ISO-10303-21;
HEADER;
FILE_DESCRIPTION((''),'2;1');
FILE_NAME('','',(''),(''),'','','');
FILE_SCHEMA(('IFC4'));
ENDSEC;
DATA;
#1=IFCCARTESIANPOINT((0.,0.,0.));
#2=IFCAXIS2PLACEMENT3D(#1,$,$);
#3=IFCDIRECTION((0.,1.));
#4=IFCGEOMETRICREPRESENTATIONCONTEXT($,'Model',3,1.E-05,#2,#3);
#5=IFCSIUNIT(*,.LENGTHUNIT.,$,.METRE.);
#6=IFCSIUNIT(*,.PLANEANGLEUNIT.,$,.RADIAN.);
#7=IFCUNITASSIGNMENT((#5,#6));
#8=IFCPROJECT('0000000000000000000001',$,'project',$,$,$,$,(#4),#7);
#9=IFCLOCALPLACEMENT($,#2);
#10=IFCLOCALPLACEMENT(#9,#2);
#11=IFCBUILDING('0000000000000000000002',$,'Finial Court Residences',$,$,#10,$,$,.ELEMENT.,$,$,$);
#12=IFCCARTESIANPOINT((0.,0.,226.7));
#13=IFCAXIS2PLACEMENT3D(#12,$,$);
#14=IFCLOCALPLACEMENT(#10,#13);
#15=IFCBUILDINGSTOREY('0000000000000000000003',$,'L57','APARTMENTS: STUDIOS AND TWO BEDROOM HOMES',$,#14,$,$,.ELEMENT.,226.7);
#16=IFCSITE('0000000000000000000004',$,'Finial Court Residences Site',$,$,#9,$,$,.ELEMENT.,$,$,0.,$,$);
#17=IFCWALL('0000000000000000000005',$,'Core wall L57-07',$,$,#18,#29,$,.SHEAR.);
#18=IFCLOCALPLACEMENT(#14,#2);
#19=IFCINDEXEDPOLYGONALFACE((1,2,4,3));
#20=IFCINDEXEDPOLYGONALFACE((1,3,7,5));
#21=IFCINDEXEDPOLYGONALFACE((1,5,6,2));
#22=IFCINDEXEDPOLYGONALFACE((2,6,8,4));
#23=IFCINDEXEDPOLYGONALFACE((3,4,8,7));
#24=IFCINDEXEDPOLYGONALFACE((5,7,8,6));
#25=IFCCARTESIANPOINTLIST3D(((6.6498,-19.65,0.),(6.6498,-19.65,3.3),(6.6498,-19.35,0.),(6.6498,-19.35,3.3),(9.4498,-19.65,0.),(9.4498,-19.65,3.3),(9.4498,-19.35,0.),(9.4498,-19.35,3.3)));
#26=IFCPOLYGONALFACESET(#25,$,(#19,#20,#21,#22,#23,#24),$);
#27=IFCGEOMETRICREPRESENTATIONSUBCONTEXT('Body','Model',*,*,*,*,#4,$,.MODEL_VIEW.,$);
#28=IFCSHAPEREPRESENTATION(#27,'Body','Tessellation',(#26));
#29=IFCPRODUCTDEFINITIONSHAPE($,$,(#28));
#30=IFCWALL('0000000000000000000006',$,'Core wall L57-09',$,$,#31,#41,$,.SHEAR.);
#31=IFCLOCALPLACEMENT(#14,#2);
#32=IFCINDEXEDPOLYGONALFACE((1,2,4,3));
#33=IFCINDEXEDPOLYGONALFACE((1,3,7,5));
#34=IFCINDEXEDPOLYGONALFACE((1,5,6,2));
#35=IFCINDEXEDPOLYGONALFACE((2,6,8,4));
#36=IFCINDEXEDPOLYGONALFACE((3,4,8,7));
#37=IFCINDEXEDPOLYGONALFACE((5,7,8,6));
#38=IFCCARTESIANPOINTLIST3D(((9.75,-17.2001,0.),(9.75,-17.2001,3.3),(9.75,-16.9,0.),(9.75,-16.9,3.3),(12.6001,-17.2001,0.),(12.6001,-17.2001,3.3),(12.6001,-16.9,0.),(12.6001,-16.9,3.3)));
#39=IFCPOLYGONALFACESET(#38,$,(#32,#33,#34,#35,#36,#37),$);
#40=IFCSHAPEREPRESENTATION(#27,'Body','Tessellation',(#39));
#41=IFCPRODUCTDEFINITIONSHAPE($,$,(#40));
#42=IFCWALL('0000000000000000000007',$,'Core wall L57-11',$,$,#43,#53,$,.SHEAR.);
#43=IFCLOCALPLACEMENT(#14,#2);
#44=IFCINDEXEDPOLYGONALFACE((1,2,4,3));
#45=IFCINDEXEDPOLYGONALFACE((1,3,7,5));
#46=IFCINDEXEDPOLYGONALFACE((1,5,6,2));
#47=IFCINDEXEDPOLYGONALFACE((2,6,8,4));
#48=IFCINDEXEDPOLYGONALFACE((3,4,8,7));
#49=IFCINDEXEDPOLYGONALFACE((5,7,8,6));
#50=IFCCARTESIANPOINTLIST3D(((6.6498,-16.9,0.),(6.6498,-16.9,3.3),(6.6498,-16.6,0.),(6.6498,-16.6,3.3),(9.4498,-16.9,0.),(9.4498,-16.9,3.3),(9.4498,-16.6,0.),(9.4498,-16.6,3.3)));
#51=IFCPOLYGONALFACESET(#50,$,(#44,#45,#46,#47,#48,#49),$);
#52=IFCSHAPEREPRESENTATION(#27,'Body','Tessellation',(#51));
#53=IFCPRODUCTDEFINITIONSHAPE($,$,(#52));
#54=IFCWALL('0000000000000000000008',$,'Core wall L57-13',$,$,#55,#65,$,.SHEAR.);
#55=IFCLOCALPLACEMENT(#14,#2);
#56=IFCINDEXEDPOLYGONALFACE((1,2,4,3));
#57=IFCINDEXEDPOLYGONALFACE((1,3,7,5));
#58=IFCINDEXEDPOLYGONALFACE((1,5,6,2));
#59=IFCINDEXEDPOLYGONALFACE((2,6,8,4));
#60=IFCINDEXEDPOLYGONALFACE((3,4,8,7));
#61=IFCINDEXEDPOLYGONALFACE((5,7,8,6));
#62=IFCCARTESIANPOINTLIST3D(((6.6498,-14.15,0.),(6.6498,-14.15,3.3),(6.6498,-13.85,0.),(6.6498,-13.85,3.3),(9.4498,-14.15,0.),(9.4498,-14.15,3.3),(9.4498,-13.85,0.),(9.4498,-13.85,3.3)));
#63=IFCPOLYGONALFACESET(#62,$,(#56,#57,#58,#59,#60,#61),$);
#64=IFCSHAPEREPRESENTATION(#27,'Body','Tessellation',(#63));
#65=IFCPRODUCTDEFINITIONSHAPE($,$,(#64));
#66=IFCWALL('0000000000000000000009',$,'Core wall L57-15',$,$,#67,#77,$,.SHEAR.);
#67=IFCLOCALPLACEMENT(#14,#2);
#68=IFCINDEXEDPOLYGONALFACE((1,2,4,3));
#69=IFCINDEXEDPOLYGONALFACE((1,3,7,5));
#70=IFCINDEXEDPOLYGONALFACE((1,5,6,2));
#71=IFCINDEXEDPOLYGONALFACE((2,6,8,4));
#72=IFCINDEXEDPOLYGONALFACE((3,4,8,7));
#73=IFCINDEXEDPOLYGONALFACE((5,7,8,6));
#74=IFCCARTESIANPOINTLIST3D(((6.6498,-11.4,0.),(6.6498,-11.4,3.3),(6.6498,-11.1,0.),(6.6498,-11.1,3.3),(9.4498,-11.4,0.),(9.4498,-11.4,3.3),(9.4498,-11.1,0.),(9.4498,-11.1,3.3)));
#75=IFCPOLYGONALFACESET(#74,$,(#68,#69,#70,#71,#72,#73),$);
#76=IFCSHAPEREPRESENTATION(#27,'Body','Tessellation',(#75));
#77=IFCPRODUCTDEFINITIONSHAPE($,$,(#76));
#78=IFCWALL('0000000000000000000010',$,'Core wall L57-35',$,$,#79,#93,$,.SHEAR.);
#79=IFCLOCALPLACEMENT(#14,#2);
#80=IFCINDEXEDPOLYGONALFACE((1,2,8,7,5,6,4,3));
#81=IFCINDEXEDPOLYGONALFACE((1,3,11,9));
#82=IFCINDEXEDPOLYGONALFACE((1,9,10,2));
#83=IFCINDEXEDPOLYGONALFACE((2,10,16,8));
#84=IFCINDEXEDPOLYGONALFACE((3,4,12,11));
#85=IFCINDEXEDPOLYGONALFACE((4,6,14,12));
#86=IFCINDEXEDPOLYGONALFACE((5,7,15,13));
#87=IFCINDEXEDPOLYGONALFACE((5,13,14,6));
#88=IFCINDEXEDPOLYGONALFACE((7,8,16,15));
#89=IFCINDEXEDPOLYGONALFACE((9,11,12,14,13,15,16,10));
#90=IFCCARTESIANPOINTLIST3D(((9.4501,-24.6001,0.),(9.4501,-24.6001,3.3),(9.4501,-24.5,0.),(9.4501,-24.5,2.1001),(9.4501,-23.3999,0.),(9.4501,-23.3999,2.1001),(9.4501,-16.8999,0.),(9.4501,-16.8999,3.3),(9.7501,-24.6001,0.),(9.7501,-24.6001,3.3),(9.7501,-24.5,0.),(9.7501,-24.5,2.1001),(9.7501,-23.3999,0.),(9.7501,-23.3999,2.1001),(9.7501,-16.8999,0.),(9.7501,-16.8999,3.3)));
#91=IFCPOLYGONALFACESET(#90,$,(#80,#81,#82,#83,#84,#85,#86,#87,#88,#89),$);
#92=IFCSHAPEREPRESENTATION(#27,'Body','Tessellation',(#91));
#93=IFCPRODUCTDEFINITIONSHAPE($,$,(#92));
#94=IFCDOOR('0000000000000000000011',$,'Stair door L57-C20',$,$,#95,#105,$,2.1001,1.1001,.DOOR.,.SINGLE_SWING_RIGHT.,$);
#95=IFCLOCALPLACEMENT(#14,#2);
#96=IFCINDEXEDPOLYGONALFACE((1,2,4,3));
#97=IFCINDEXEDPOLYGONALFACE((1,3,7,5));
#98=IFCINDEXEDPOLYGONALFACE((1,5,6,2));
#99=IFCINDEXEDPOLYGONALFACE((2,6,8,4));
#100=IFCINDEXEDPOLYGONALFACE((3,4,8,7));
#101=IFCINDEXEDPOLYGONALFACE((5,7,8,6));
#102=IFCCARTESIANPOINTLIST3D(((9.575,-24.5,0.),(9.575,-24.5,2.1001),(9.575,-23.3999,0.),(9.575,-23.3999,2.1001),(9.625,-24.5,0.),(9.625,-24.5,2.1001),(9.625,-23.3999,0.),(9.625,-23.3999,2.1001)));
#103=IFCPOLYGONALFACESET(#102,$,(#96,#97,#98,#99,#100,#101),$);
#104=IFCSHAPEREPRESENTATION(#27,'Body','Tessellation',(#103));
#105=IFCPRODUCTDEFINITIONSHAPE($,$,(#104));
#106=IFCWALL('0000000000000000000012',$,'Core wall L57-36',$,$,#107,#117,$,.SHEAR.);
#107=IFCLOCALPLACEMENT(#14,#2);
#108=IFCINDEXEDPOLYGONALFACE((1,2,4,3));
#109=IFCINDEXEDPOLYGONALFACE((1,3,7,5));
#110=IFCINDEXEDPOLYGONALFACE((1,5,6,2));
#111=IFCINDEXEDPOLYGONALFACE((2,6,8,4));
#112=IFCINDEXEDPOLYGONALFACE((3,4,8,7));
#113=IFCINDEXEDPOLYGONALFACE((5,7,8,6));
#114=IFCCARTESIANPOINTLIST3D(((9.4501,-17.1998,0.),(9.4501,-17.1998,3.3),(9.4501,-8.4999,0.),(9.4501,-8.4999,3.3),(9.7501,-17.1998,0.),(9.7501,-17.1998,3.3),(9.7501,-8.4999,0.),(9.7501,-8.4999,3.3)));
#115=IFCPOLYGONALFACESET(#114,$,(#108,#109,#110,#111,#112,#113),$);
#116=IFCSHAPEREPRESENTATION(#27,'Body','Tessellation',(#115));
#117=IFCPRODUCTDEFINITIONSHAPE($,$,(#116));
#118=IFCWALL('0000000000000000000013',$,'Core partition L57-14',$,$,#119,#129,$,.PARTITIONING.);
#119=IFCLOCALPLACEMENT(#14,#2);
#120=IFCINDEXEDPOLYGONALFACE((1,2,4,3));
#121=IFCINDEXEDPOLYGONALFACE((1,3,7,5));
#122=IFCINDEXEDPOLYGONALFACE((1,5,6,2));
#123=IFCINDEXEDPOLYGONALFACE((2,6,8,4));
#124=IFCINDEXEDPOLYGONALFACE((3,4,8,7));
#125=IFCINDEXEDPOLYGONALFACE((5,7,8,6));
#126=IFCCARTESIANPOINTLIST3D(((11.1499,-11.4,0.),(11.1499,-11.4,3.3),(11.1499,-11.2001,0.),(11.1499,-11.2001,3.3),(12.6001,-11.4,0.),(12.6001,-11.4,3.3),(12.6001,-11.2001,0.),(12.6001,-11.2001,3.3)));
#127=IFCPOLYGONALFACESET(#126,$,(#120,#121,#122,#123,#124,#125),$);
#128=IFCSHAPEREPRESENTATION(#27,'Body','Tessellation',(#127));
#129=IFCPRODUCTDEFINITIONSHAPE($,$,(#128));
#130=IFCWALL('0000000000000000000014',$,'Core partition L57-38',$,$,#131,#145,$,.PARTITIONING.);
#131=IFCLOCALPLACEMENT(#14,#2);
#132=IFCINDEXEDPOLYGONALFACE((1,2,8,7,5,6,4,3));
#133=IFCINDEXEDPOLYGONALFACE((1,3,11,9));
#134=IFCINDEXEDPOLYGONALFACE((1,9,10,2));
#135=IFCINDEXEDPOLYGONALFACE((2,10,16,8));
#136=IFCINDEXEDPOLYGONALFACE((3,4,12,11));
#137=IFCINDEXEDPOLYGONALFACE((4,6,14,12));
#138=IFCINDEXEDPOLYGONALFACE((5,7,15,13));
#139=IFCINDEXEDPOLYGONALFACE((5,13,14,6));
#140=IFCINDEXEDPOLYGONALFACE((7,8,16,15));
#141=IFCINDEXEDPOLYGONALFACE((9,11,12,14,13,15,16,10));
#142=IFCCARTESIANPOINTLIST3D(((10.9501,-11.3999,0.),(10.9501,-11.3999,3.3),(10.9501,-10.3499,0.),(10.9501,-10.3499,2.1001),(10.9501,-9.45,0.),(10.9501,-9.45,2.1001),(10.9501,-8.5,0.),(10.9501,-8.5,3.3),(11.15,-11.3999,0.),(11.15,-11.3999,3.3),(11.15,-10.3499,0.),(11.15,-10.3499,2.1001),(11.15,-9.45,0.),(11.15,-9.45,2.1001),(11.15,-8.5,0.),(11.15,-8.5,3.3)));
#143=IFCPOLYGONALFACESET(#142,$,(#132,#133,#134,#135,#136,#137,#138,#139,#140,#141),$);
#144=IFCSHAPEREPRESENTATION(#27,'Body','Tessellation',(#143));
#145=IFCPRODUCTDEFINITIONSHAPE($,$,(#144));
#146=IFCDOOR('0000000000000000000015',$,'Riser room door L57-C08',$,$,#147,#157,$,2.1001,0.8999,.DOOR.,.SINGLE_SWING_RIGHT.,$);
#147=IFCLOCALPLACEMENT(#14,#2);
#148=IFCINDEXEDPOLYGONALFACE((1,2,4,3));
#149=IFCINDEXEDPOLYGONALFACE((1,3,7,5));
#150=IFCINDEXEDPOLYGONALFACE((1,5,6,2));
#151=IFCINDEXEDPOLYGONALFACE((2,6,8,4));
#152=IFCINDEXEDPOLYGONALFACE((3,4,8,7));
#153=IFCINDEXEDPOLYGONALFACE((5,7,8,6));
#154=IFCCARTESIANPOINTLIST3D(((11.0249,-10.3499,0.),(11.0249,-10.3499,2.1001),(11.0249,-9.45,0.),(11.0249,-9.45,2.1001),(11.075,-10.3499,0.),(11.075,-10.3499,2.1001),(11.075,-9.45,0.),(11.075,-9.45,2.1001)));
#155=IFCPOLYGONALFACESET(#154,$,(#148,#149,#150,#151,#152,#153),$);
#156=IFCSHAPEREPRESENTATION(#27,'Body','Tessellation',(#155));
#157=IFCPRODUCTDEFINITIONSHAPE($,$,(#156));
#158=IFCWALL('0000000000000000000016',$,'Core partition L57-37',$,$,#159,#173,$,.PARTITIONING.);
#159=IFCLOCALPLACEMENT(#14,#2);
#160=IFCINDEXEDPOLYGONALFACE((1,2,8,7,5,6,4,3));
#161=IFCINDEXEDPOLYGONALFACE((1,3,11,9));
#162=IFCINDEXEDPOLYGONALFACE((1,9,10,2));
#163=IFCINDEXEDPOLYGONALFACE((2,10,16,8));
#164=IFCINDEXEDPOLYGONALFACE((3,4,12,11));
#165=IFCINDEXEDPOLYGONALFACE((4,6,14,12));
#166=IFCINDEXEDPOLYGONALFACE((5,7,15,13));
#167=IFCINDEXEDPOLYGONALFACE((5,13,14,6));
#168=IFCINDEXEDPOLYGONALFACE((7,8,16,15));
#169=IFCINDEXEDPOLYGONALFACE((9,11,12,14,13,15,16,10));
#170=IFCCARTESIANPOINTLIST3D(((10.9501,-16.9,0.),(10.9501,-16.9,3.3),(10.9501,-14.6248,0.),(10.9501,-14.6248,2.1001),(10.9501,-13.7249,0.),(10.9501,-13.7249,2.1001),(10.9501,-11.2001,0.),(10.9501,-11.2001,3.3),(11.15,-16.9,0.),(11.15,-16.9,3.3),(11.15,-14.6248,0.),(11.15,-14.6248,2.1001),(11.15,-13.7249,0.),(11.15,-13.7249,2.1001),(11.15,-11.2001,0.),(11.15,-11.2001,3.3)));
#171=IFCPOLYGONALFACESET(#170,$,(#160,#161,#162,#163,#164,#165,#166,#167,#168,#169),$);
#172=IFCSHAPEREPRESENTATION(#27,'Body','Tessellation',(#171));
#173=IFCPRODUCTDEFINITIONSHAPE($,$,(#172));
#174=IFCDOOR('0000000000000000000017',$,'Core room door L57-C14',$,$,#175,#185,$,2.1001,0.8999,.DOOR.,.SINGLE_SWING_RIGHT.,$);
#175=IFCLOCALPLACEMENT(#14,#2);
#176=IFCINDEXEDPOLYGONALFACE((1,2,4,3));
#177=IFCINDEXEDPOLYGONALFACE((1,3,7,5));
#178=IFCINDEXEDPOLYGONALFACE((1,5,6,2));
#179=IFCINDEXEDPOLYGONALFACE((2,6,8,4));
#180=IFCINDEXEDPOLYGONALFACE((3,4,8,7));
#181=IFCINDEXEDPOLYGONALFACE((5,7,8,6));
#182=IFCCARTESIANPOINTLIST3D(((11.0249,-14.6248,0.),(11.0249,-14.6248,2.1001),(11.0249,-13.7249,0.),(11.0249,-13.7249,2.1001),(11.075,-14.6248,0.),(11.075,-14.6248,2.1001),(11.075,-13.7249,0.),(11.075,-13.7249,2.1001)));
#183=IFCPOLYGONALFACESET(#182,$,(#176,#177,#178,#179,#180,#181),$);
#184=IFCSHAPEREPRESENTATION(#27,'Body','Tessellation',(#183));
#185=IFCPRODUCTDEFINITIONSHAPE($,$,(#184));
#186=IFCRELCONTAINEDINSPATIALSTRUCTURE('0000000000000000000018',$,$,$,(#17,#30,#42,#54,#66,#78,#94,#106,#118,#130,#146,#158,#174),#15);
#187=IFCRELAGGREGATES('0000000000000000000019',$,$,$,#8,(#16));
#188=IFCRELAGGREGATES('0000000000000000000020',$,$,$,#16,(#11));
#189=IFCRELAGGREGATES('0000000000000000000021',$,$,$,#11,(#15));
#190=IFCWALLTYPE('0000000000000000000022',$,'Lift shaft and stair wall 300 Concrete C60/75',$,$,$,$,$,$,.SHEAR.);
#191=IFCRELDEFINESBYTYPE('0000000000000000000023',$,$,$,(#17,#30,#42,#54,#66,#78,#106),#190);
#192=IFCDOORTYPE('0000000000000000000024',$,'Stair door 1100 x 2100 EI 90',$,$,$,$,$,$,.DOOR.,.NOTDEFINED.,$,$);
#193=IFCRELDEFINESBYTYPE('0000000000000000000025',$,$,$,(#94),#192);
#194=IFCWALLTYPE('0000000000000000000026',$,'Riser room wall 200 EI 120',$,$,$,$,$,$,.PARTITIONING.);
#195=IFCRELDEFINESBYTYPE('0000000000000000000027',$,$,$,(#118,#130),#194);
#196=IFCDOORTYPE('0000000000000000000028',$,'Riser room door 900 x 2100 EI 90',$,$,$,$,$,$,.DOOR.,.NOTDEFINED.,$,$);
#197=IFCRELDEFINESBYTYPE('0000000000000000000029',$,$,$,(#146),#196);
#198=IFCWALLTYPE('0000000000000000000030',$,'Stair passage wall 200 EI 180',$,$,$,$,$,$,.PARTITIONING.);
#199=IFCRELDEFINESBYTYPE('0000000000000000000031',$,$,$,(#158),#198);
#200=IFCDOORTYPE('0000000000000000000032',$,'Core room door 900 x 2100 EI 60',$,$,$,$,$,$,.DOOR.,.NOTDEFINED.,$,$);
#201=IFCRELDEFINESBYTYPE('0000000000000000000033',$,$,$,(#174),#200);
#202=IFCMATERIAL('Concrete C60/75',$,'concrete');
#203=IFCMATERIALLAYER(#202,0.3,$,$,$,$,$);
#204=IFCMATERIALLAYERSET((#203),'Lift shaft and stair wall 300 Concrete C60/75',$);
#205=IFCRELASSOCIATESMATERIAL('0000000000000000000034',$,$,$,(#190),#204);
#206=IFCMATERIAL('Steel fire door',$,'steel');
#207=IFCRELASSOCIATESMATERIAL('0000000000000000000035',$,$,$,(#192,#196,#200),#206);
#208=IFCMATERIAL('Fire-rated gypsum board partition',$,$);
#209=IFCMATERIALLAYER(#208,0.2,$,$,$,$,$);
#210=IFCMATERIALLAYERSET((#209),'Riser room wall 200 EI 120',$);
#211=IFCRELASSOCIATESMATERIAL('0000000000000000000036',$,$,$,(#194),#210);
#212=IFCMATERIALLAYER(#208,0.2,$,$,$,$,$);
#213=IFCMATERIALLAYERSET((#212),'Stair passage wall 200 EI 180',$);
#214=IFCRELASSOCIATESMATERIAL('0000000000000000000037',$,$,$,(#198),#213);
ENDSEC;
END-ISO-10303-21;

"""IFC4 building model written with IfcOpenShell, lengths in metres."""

from ifc_helpers import new_model, si_unit, direction, frame, frame_2d, origin, place, context, subcontext, project, spatial, rectangle, extrude, material, layer, layer_set, type_object, element, fill, save


model = new_model("IFC4")

# Units and contexts
model_context = context("Model", 3, precision=1e-05, world=origin(), true_north=direction((0.0, 1.0)))
body_context = subcontext(model_context, "Body", "Model", "MODEL_VIEW")
ifc_project = project(units=[si_unit("LENGTHUNIT", "METRE"), si_unit("PLANEANGLEUNIT", "RADIAN")], contexts=[model_context])

# Site, building, storey
site_placement = place(None, origin())
site = spatial("IfcSite", under=ifc_project, at=site_placement, Name="Finial Court Residences Site", CompositionType="ELEMENT", RefElevation=0.0)
building_placement = place(site_placement, origin())
building = spatial("IfcBuilding", under=site, at=building_placement, Name="Finial Court Residences", CompositionType="ELEMENT")
storey_placement = place(building_placement, frame((0.0, 0.0, 226.7)))
storey = spatial("IfcBuildingStorey", under=building, at=storey_placement, Name="L57", Description="APARTMENTS: STUDIOS AND TWO BEDROOM HOMES", CompositionType="ELEMENT", Elevation=226.7)

# Shared definitions
ifc_material_1 = material(Name="Fire-rated gypsum board partition")
ifc_material_2 = material(Name="Steel fire door", Category="steel")

# Walls
ifc_material_3 = material(Name="Concrete C60/75", Category="concrete")
ifc_layer_1 = layer(ifc_material_3, 0.3)
ifc_layer_set_1 = layer_set([ifc_layer_1], Name="Lift shaft and stair wall 300 Concrete C60/75")
wall_type_1 = type_object("IfcWallType", Name="Lift shaft and stair wall 300 Concrete C60/75", PredefinedType="SHEAR", material=ifc_layer_set_1)
wall_1_placement = place(storey_placement, frame((6.6499, -19.5, 0.0), z_axis=(0.0, 0.0, 1.0), x_axis=(1.0, 0.0, 0.0)))
element("IfcWall", 1, at=wall_1_placement, inside=storey, type_object=wall_type_1, Name="Core wall L57-07", PredefinedType="SHEAR", context=body_context, shape_type="SweptSolid", body=[
    extrude(rectangle(XDim=2.8, YDim=0.3, at=frame_2d((1.3999, 0.0))), origin(), (0.0, 0.0, 1.0), 3.3),
])
wall_2_placement = place(storey_placement, frame((9.75, -17.05, 0.0), z_axis=(0.0, 0.0, 1.0), x_axis=(1.0, 0.0, 0.0)))
element("IfcWall", 2, at=wall_2_placement, inside=storey, type_object=wall_type_1, Name="Core wall L57-09", PredefinedType="SHEAR", context=body_context, shape_type="SweptSolid", body=[
    extrude(rectangle(XDim=2.8501, YDim=0.3, at=frame_2d((1.425, 0.0))), origin(), (0.0, 0.0, 1.0), 3.3),
])
for number, where, z_axis, x_axis, name in (
    (3, (6.6499, -16.75, 0.0), (0.0, 0.0, 1.0), (1.0, 0.0, 0.0), "Core wall L57-11"),
    (4, (6.6499, -14.0, 0.0), (0.0, 0.0, 1.0), (1.0, 0.0, 0.0), "Core wall L57-13"),
    (5, (6.6499, -11.25, 0.0), (0.0, 0.0, 1.0), (1.0, 0.0, 0.0), "Core wall L57-15"),
):
    element("IfcWall", number, at=place(storey_placement, frame(where, z_axis=z_axis, x_axis=x_axis)), inside=storey, type_object=wall_type_1, Name=name, PredefinedType="SHEAR", context=body_context, shape_type="SweptSolid", body=[
        extrude(rectangle(XDim=2.8, YDim=0.3, at=frame_2d((1.3999, 0.0))), origin(), (0.0, 0.0, 1.0), 3.3),
    ])

# Wall, opening, door
wall_3_placement = place(storey_placement, frame((9.6001, -16.8999, 0.0), z_axis=(0.0, 0.0, 1.0), x_axis=(0.0, -1.0, 0.0)))
wall_3 = element("IfcWall", 6, at=wall_3_placement, inside=storey, type_object=wall_type_1, Name="Core wall L57-35", PredefinedType="SHEAR", context=body_context, shape_type="SweptSolid", body=[
    extrude(rectangle(XDim=7.7002, YDim=0.3, at=frame_2d((3.8501, 0.0))), origin(), (0.0, 0.0, 1.0), 3.3),
])
opening_1_placement = place(wall_3_placement, frame((6.5, 0.0, 0.0)))
opening_1 = element("IfcOpeningElement", 7, at=opening_1_placement, cuts=wall_3, PredefinedType="OPENING", context=body_context, shape_type="SweptSolid", body=[
    extrude(rectangle(XDim=1.1001, YDim=2.1001, at=frame_2d((0.55, 1.05))), frame((0.0, 0.1599, 0.0), z_axis=(0.0, -1.0, 0.0), x_axis=(1.0, 0.0, 0.0)), (0.0, 0.0, 1.0), 0.3201),
])
door_type_1 = type_object("IfcDoorType", Name="Stair door 1100 x 2100 EI 90", OperationType="NOTDEFINED", PredefinedType="DOOR", material=ifc_material_2)
door_1_placement = place(opening_1_placement, origin())
door_1 = element("IfcDoor", 8, at=door_1_placement, inside=storey, type_object=door_type_1, Name="Stair door L57-C20", OperationType="SINGLE_SWING_RIGHT", OverallHeight=2.1001, OverallWidth=1.1001, PredefinedType="DOOR", context=body_context, shape_type="SweptSolid", body=[
    extrude(rectangle(XDim=1.1001, YDim=2.1001, at=frame_2d((0.55, 1.05))), frame((0.0, 0.0249, 0.0), z_axis=(0.0, -1.0, 0.0), x_axis=(1.0, 0.0, 0.0)), (0.0, 0.0, 1.0), 0.05),
])
fill(opening_1, door_1)

# Walls
wall_4_placement = place(storey_placement, frame((9.6001, -17.2, 0.0), z_axis=(0.0, 0.0, 1.0), x_axis=(0.0, 1.0, 0.0)))
element("IfcWall", 9, at=wall_4_placement, inside=storey, type_object=wall_type_1, Name="Core wall L57-36", PredefinedType="SHEAR", context=body_context, shape_type="SweptSolid", body=[
    extrude(rectangle(XDim=8.7, YDim=0.3, at=frame_2d((4.3501, 0.0))), origin(), (0.0, 0.0, 1.0), 3.3),
])
ifc_layer_2 = layer(ifc_material_1, 0.2)
ifc_layer_set_2 = layer_set([ifc_layer_2], Name="Riser room wall 200 EI 120")
wall_type_2 = type_object("IfcWallType", Name="Riser room wall 200 EI 120", PredefinedType="PARTITIONING", material=ifc_layer_set_2)
wall_5_placement = place(storey_placement, frame((11.1499, -11.3, 0.0), z_axis=(0.0, 0.0, 1.0), x_axis=(1.0, 0.0, 0.0)))
element("IfcWall", 10, at=wall_5_placement, inside=storey, type_object=wall_type_2, Name="Core partition L57-14", PredefinedType="PARTITIONING", context=body_context, shape_type="SweptSolid", body=[
    extrude(rectangle(XDim=1.4502, YDim=0.2, at=frame_2d((0.7251, 0.0))), origin(), (0.0, 0.0, 1.0), 3.3),
])

# Walls, openings, doors
wall_6_placement = place(storey_placement, frame((11.05, -8.5, 0.0), z_axis=(0.0, 0.0, 1.0), x_axis=(0.0, -1.0, 0.0)))
wall_6 = element("IfcWall", 11, at=wall_6_placement, inside=storey, type_object=wall_type_2, Name="Core partition L57-38", PredefinedType="PARTITIONING", context=body_context, shape_type="SweptSolid", body=[
    extrude(rectangle(XDim=2.8999, YDim=0.2, at=frame_2d((1.45, 0.0))), origin(), (0.0, 0.0, 1.0), 3.3),
])
opening_2_placement = place(wall_6_placement, frame((0.95, 0.0, 0.0)))
opening_2 = element("IfcOpeningElement", 12, at=opening_2_placement, cuts=wall_6, PredefinedType="OPENING", context=body_context, shape_type="SweptSolid", body=[
    extrude(rectangle(XDim=0.8999, YDim=2.1001, at=frame_2d((0.45, 1.05))), frame((0.0, 0.1099, 0.0), z_axis=(0.0, -1.0, 0.0), x_axis=(1.0, 0.0, 0.0)), (0.0, 0.0, 1.0), 0.22),
])
door_type_2 = type_object("IfcDoorType", Name="Riser room door 900 x 2100 EI 90", OperationType="NOTDEFINED", PredefinedType="DOOR", material=ifc_material_2)
door_2_placement = place(opening_2_placement, origin())
door_2 = element("IfcDoor", 13, at=door_2_placement, inside=storey, type_object=door_type_2, Name="Riser room door L57-C08", OperationType="SINGLE_SWING_RIGHT", OverallHeight=2.1001, OverallWidth=0.8999, PredefinedType="DOOR", context=body_context, shape_type="SweptSolid", body=[
    extrude(rectangle(XDim=0.8999, YDim=2.1001, at=frame_2d((0.45, 1.05))), frame((0.0, 0.0249, 0.0), z_axis=(0.0, -1.0, 0.0), x_axis=(1.0, 0.0, 0.0)), (0.0, 0.0, 1.0), 0.05),
])
fill(opening_2, door_2)
ifc_layer_3 = layer(ifc_material_1, 0.2)
ifc_layer_set_3 = layer_set([ifc_layer_3], Name="Stair passage wall 200 EI 180")
wall_type_3 = type_object("IfcWallType", Name="Stair passage wall 200 EI 180", PredefinedType="PARTITIONING", material=ifc_layer_set_3)
wall_7_placement = place(storey_placement, frame((11.05, -11.2, 0.0), z_axis=(0.0, 0.0, 1.0), x_axis=(0.0, -1.0, 0.0)))
wall_7 = element("IfcWall", 14, at=wall_7_placement, inside=storey, type_object=wall_type_3, Name="Core partition L57-37", PredefinedType="PARTITIONING", context=body_context, shape_type="SweptSolid", body=[
    extrude(rectangle(XDim=5.7, YDim=0.2, at=frame_2d((2.8501, 0.0))), origin(), (0.0, 0.0, 1.0), 3.3),
])
opening_3_placement = place(wall_7_placement, frame((2.5249, 0.0, 0.0)))
opening_3 = element("IfcOpeningElement", 15, at=opening_3_placement, cuts=wall_7, PredefinedType="OPENING", context=body_context, shape_type="SweptSolid", body=[
    extrude(rectangle(XDim=0.8999, YDim=2.1001, at=frame_2d((0.45, 1.05))), frame((0.0, 0.1099, 0.0), z_axis=(0.0, -1.0, 0.0), x_axis=(1.0, 0.0, 0.0)), (0.0, 0.0, 1.0), 0.22),
])
door_type_3 = type_object("IfcDoorType", Name="Core room door 900 x 2100 EI 60", OperationType="NOTDEFINED", PredefinedType="DOOR", material=ifc_material_2)
door_3_placement = place(opening_3_placement, origin())
door_3 = element("IfcDoor", 16, at=door_3_placement, inside=storey, type_object=door_type_3, Name="Core room door L57-C14", OperationType="SINGLE_SWING_RIGHT", OverallHeight=2.1001, OverallWidth=0.8999, PredefinedType="DOOR", context=body_context, shape_type="SweptSolid", body=[
    extrude(rectangle(XDim=0.8999, YDim=2.1001, at=frame_2d((0.45, 1.05))), frame((0.0, 0.0249, 0.0), z_axis=(0.0, -1.0, 0.0), x_axis=(1.0, 0.0, 0.0)), (0.0, 0.0, 1.0), 0.05),
])
fill(opening_3, door_3)

save(model, "model.ifc")
